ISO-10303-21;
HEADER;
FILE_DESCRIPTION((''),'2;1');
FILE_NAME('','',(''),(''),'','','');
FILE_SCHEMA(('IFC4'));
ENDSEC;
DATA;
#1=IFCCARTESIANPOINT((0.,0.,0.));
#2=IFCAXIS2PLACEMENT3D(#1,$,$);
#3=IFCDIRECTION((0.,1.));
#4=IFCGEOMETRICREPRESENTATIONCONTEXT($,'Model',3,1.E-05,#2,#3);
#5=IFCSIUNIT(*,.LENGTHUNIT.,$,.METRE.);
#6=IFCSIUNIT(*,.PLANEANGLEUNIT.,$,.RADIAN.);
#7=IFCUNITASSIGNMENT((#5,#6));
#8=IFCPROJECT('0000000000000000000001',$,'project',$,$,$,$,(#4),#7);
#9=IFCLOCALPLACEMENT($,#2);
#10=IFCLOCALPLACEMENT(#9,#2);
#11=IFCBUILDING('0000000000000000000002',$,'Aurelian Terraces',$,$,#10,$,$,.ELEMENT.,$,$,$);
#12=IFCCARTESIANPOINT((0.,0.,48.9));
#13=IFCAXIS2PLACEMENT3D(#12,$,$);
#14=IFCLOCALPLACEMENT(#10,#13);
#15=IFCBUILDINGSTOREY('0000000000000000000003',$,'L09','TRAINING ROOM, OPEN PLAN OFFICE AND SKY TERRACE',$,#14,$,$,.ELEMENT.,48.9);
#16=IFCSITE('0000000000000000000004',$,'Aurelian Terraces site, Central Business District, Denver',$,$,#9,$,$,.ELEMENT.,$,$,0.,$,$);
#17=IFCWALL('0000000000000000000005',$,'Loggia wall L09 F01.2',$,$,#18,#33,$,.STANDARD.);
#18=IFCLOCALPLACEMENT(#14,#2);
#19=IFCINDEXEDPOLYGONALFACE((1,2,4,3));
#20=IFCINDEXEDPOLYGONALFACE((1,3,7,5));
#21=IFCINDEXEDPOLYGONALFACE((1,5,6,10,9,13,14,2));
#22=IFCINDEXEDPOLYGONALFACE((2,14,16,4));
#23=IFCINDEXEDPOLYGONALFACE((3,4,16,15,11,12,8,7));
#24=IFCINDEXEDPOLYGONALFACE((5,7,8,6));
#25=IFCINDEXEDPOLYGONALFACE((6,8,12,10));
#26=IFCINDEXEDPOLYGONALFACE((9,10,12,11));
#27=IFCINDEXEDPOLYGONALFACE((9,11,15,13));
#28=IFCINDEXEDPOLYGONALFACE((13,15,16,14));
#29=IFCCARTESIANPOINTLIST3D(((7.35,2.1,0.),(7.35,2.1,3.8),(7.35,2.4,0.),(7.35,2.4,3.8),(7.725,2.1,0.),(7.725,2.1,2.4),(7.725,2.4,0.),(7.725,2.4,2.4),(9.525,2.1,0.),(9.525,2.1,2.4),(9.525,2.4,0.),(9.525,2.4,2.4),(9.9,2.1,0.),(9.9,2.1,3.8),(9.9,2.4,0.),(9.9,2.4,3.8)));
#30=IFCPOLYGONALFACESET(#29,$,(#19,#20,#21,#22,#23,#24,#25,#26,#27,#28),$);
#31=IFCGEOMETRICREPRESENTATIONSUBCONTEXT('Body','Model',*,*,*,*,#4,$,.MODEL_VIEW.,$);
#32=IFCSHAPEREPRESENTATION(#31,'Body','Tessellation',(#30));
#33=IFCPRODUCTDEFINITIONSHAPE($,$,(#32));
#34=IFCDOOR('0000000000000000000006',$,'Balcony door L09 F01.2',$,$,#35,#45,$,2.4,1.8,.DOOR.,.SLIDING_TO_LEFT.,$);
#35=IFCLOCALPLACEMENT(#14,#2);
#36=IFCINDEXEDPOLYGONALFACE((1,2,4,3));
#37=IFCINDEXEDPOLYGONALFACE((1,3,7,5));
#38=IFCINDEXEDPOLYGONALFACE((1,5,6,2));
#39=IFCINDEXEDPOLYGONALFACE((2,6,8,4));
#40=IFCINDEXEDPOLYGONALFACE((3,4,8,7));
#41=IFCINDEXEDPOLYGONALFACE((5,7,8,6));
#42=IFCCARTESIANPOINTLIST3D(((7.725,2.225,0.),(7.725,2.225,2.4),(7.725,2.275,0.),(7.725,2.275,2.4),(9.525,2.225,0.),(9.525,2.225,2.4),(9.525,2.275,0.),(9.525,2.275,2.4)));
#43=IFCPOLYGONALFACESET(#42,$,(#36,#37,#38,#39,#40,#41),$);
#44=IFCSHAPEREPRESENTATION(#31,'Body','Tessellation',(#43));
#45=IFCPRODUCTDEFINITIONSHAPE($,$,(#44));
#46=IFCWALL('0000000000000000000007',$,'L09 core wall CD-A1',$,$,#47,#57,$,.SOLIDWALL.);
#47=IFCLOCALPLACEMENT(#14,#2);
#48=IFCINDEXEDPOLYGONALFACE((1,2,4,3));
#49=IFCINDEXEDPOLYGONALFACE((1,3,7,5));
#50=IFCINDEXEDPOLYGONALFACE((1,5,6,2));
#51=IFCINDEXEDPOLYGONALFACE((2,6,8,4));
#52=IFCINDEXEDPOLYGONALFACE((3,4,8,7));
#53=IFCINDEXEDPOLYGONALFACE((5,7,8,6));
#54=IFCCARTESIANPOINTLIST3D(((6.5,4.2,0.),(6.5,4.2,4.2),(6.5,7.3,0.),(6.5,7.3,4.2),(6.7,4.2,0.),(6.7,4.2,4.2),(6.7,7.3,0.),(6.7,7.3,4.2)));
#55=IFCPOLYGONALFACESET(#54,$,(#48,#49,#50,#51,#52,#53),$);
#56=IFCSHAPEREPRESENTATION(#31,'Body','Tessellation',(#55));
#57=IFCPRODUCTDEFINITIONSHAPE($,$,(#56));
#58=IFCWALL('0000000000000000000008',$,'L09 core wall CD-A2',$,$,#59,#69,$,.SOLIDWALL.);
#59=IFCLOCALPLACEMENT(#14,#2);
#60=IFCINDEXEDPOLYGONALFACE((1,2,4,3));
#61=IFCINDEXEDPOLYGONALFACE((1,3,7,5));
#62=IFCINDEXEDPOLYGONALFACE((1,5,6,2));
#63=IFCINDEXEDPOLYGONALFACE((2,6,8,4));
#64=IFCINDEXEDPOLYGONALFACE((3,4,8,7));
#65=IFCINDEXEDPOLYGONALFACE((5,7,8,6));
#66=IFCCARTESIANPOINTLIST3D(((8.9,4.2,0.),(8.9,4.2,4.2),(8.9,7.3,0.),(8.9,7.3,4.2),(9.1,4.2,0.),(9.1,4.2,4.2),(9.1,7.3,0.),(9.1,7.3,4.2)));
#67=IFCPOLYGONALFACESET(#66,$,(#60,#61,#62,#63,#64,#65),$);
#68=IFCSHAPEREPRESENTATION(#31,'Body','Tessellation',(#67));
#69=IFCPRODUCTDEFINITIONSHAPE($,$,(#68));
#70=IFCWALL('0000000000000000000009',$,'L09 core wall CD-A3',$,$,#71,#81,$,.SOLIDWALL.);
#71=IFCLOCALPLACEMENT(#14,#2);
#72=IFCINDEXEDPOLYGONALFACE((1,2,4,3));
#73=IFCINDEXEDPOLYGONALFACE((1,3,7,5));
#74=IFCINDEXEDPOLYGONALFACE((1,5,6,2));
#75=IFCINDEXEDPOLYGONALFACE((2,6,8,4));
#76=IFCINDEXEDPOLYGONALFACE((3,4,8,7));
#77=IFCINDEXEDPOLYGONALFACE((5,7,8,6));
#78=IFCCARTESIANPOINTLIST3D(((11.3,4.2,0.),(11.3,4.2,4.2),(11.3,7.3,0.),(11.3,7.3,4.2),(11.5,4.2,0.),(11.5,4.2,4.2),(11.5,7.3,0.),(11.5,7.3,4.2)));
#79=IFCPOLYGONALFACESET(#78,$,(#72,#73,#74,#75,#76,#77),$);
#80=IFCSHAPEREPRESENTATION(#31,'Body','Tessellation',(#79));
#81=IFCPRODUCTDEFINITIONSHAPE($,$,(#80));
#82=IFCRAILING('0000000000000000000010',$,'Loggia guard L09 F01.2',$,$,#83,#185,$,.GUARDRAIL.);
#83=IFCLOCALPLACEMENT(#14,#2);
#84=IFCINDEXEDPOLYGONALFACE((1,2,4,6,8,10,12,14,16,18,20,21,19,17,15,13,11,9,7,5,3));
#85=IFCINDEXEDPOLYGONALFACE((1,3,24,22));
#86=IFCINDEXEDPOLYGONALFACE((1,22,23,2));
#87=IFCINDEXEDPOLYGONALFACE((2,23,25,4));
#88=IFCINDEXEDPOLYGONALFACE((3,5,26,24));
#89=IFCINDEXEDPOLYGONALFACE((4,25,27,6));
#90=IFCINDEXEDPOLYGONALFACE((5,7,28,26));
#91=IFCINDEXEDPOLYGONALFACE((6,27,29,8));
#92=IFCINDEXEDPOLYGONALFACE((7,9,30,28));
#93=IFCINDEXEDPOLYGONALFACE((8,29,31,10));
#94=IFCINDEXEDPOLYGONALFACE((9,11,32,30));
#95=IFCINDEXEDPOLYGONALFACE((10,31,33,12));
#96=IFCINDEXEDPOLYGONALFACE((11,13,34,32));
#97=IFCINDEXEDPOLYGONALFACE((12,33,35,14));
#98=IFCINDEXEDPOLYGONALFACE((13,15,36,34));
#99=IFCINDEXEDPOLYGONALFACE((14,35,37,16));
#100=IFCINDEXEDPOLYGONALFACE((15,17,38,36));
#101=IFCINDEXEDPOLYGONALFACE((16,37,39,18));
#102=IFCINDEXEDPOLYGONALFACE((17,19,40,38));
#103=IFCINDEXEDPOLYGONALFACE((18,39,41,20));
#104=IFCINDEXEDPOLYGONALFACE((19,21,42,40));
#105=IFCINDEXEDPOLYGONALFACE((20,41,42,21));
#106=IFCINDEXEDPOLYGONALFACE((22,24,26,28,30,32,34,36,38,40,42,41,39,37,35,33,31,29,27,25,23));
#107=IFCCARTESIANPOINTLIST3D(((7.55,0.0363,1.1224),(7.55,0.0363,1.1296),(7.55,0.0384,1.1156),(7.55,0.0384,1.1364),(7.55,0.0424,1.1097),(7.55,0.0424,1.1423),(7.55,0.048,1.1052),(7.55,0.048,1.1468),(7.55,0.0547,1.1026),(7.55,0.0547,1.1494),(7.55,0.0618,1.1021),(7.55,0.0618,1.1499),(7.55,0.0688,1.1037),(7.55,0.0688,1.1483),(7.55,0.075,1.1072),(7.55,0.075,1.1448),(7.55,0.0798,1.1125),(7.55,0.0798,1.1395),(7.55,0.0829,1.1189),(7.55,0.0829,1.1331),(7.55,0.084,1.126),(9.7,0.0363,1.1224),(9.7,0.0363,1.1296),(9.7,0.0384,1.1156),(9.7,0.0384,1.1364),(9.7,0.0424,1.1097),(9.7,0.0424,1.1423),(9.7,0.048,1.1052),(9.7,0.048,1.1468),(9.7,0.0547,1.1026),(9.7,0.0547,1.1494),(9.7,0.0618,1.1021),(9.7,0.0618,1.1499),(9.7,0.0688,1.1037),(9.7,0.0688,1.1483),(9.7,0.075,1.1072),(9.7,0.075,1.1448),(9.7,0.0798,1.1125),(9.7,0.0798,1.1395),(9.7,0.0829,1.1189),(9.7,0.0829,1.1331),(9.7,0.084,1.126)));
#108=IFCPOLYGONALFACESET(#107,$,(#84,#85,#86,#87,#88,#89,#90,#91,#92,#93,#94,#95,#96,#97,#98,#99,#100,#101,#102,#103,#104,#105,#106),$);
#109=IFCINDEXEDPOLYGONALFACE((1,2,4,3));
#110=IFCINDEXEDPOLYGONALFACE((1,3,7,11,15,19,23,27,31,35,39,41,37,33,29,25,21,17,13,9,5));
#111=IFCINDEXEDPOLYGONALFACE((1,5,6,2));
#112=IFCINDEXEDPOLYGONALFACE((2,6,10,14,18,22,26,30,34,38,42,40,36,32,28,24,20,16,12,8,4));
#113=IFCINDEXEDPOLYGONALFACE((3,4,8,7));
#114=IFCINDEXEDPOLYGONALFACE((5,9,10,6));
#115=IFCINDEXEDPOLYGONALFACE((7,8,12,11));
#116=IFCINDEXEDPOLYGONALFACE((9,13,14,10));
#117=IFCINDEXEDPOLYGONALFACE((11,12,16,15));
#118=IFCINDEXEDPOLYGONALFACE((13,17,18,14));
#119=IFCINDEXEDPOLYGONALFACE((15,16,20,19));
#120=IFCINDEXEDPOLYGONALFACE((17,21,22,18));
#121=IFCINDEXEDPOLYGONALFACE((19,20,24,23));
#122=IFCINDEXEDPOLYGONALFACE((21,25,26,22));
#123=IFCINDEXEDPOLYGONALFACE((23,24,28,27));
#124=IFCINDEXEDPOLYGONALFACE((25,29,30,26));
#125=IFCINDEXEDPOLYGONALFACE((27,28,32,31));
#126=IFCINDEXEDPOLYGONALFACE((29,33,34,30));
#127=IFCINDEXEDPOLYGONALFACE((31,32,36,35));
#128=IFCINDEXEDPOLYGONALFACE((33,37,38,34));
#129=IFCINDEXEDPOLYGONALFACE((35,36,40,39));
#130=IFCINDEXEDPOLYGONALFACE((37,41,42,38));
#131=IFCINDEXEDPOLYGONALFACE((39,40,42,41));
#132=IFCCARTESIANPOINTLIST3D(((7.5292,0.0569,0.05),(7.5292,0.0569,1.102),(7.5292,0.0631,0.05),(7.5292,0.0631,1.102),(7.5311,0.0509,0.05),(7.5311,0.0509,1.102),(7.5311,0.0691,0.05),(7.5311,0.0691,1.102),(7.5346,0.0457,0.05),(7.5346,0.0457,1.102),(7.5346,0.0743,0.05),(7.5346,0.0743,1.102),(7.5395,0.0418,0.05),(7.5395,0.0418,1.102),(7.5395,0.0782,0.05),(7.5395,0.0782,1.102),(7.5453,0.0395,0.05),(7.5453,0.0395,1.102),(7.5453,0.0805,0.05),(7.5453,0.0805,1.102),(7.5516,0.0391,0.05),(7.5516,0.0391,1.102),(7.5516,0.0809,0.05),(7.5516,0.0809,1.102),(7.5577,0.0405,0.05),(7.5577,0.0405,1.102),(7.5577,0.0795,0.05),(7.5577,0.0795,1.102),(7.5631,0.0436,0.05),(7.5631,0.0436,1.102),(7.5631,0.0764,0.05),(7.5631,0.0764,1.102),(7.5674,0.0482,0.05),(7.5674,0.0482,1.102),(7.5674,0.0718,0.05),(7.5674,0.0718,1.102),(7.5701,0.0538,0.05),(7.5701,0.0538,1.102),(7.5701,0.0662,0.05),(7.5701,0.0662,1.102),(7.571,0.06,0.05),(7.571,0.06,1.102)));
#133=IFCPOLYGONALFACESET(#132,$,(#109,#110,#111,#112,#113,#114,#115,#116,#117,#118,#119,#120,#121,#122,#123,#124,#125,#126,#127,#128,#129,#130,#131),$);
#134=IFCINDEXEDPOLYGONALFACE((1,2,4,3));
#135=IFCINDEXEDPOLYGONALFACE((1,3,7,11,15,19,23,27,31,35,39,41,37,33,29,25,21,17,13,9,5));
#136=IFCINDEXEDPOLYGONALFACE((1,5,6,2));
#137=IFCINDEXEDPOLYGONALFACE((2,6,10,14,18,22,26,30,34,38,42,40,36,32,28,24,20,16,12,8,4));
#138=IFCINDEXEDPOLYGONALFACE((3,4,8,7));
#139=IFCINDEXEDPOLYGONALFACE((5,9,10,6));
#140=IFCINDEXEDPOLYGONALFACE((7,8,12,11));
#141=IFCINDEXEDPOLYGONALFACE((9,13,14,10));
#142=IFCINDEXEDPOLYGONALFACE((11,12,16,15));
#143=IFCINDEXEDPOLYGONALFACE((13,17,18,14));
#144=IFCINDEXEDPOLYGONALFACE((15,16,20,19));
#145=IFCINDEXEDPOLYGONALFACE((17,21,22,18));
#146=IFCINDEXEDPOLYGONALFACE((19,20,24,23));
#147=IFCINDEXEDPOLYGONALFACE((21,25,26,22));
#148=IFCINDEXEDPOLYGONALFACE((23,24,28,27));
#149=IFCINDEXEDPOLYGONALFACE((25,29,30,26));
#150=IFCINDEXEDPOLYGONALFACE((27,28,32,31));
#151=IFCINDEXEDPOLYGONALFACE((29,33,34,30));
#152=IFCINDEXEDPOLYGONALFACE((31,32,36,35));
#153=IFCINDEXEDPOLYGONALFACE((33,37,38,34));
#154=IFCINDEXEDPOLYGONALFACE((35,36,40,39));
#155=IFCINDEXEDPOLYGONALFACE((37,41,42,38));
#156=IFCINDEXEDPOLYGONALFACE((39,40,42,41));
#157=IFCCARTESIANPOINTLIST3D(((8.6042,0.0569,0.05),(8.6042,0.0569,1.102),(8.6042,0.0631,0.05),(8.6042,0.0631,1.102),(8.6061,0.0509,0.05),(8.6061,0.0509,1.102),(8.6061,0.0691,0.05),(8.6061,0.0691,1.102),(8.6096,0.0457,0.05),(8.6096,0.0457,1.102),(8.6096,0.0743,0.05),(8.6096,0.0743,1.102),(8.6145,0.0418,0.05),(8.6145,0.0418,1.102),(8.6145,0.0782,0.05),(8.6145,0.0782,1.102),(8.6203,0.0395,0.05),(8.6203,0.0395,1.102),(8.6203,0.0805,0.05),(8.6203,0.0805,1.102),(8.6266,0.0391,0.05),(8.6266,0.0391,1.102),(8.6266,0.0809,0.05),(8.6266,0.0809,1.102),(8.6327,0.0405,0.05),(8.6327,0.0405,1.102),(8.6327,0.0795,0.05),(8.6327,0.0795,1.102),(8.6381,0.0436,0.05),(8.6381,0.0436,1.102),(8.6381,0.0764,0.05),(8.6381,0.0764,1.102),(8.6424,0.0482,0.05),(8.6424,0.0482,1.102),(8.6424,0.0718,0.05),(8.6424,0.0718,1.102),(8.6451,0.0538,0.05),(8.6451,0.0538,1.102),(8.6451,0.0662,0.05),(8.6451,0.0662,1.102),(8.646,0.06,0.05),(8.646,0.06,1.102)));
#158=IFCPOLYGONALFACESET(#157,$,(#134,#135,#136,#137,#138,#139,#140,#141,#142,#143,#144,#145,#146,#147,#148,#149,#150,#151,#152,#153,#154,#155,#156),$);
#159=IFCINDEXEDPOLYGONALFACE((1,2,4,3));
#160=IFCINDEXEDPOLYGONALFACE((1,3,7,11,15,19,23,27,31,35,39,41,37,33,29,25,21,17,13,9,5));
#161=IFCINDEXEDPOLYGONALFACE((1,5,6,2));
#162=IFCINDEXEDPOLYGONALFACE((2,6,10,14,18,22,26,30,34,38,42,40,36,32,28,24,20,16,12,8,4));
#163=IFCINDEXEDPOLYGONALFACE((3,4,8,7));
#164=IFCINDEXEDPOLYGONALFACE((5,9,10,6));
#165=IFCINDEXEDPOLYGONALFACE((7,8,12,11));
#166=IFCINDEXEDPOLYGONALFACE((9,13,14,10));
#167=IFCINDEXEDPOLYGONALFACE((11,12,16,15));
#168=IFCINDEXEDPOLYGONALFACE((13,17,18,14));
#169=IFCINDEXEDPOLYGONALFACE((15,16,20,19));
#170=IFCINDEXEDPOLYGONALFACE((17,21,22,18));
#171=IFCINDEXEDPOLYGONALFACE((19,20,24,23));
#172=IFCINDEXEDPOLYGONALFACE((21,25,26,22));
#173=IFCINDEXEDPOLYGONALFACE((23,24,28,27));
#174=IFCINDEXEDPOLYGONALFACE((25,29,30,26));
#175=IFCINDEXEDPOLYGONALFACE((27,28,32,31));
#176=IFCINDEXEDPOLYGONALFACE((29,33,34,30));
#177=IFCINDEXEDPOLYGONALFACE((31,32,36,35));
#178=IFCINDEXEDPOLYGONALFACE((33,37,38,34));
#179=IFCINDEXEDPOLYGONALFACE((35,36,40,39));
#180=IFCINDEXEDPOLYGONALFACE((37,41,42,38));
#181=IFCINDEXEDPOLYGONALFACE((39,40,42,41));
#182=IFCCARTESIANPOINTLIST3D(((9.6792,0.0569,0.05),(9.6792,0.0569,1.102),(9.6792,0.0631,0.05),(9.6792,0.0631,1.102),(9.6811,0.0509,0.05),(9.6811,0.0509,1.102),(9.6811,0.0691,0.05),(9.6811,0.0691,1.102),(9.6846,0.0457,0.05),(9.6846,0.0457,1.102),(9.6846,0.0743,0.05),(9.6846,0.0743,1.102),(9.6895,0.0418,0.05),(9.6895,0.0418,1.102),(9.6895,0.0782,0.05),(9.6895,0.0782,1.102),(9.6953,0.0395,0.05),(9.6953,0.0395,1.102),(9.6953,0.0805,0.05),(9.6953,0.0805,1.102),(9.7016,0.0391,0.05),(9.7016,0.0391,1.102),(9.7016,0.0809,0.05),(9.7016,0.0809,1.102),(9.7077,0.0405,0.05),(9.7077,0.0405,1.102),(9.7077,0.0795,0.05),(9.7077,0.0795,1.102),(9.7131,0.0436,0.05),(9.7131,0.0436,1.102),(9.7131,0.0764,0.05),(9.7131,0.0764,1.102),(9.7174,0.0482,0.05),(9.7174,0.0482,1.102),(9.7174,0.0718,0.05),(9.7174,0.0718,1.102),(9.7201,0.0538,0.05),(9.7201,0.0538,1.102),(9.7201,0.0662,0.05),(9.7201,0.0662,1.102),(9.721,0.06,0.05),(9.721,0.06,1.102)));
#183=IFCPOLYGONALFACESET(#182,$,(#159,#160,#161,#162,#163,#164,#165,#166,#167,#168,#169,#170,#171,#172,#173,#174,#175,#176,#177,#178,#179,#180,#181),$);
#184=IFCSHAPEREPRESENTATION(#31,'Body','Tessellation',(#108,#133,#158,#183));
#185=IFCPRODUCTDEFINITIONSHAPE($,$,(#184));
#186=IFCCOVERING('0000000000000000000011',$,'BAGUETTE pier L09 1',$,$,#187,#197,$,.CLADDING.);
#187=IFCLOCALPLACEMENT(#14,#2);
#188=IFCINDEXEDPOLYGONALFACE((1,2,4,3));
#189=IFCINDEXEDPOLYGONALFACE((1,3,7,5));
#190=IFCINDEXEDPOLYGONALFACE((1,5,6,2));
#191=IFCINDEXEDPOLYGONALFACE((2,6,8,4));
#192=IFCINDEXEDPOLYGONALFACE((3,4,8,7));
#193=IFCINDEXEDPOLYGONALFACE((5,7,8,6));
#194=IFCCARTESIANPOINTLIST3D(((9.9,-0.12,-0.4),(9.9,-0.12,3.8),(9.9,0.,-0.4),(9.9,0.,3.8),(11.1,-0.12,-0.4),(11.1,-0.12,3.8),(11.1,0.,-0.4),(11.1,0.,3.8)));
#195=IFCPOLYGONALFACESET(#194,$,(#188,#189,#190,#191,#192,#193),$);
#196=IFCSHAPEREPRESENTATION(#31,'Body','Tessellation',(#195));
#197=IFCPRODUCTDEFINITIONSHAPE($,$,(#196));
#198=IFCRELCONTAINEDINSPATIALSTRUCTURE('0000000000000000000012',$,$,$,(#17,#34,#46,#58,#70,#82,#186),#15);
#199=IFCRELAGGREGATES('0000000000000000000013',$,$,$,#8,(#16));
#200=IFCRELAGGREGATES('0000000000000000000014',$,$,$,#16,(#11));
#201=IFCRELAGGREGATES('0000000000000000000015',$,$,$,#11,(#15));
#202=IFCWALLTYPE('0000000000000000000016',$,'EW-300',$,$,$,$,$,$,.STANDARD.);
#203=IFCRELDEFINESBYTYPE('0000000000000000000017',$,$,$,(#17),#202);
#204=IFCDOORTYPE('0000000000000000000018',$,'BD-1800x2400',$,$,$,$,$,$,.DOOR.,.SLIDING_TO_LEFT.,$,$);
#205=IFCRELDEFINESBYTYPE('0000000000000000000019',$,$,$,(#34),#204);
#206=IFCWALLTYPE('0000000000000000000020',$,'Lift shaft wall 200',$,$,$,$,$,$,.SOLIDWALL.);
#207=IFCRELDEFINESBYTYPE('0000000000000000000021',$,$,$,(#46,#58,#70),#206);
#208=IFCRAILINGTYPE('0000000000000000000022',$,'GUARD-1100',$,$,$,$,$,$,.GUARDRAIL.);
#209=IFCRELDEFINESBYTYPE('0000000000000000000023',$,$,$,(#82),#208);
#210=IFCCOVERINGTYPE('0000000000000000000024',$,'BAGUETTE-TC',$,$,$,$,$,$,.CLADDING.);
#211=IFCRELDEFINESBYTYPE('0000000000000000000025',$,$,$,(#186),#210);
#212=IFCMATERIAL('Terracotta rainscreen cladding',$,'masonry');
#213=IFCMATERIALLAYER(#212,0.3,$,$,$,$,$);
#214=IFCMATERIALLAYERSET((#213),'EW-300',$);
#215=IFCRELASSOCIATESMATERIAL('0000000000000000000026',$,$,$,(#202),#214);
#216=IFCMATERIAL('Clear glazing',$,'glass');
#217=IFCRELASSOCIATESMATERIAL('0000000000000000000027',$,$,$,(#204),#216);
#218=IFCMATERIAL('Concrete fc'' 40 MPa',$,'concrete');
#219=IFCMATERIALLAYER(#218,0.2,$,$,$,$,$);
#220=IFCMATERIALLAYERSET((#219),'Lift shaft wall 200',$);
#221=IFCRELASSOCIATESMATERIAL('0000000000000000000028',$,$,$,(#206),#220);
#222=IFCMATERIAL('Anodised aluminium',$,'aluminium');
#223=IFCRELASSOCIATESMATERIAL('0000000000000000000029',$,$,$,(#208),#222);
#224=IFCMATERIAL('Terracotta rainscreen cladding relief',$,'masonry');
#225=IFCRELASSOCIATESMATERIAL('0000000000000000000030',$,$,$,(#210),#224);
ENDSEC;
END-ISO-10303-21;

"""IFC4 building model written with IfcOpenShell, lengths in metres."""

from ifc_helpers import new_model, si_unit, direction, frame, frame_2d, origin, origin_2d, place, context, subcontext, project, spatial, rectangle, circle, extrude, source, transform, mapped, material, layer, layer_set, type_object, element, fill, save


model = new_model("IFC4")

# Units and contexts
model_context = context("Model", 3, precision=1e-05, world=origin(), true_north=direction((0.0, 1.0)))
body_context = subcontext(model_context, "Body", "Model", "MODEL_VIEW")
ifc_project = project(units=[si_unit("LENGTHUNIT", "METRE"), si_unit("PLANEANGLEUNIT", "RADIAN")], contexts=[model_context])

# Site, building, storey
site_placement = place(None, origin())
site = spatial("IfcSite", under=ifc_project, at=site_placement, Name="Aurelian Terraces site, Central Business District, Denver", CompositionType="ELEMENT", RefElevation=0.0)
building_placement = place(site_placement, origin())
building = spatial("IfcBuilding", under=site, at=building_placement, Name="Aurelian Terraces", CompositionType="ELEMENT")
storey_placement = place(building_placement, frame((0.0, 0.0, 48.9)))
storey = spatial("IfcBuildingStorey", under=building, at=storey_placement, Name="L09", Description="TRAINING ROOM, OPEN PLAN OFFICE AND SKY TERRACE", CompositionType="ELEMENT", Elevation=48.9)

# Shared definitions
ifc_material_1 = material(Name="Concrete fc' 40 MPa", Category="concrete")

# Shared definitions
ifc_material_2 = material(Name="Terracotta rainscreen cladding", Category="masonry")
ifc_layer_1 = layer(ifc_material_2, 0.3)
ifc_layer_set_1 = layer_set([ifc_layer_1], Name="EW-300")
wall_type_1 = type_object("IfcWallType", Name="EW-300", PredefinedType="STANDARD", material=ifc_layer_set_1)
ifc_material_3 = material(Name="Clear glazing", Category="glass")

# Wall, opening, door
shared_shape_1 = source(origin(), body_context, "Body", "SweptSolid", [
    extrude(rectangle(XDim=2.55, YDim=0.3, at=frame_2d((1.275, 0.0))), origin(), (0.0, 0.0, 1.0), 3.8),
])
wall_1_placement = place(storey_placement, frame((7.35, 2.25, 0.0), z_axis=(0.0, 0.0, 1.0), x_axis=(1.0, 0.0, 0.0)))
wall_1 = element("IfcWall", 1, at=wall_1_placement, inside=storey, type_object=wall_type_1, Name="Loggia wall L09 F01.2", PredefinedType="STANDARD", context=body_context, shape_type="MappedRepresentation", body=[
    mapped(shared_shape_1, transform((0.0, 0.0, 0.0), scale=1.0)),
])
shared_shape_2 = source(origin(), body_context, "Body", "SweptSolid", [
    extrude(rectangle(XDim=1.8, YDim=2.4, at=frame_2d((0.9, 1.2))), frame((0.0, 0.16, 0.0), z_axis=(0.0, -1.0, 0.0), x_axis=(1.0, 0.0, 0.0)), (0.0, 0.0, 1.0), 0.32),
])
opening_1_placement = place(wall_1_placement, frame((0.375, 0.0, 0.0)))
opening_1 = element("IfcOpeningElement", 2, at=opening_1_placement, cuts=wall_1, PredefinedType="OPENING", context=body_context, shape_type="MappedRepresentation", body=[
    mapped(shared_shape_2, transform((0.0, 0.0, 0.0), scale=1.0)),
])
door_type_1 = type_object("IfcDoorType", Name="BD-1800x2400", OperationType="SLIDING_TO_LEFT", PredefinedType="DOOR", material=ifc_material_3)
shared_shape_3 = source(origin(), body_context, "Body", "SweptSolid", [
    extrude(rectangle(XDim=1.8, YDim=2.4, at=frame_2d((0.9, 1.2))), frame((0.0, 0.025, 0.0), z_axis=(0.0, -1.0, 0.0), x_axis=(1.0, 0.0, 0.0)), (0.0, 0.0, 1.0), 0.05),
])
door_1_placement = place(opening_1_placement, origin())
door_1 = element("IfcDoor", 3, at=door_1_placement, inside=storey, type_object=door_type_1, Name="Balcony door L09 F01.2", OperationType="SLIDING_TO_LEFT", OverallHeight=2.4, OverallWidth=1.8, PredefinedType="DOOR", context=body_context, shape_type="MappedRepresentation", body=[
    mapped(shared_shape_3, transform((0.0, 0.0, 0.0), scale=1.0)),
])
fill(opening_1, door_1)

# Walls
ifc_layer_2 = layer(ifc_material_1, 0.2)
ifc_layer_set_2 = layer_set([ifc_layer_2], Name="Lift shaft wall 200")
wall_type_2 = type_object("IfcWallType", Name="Lift shaft wall 200", PredefinedType="SOLIDWALL", material=ifc_layer_set_2)
shared_shape_4 = source(origin(), body_context, "Body", "SweptSolid", [
    extrude(rectangle(XDim=3.1, YDim=0.2, at=frame_2d((1.55, 0.0))), origin(), (0.0, 0.0, 1.0), 4.2),
])
for number, where, z_axis, x_axis, name in (
    (4, (6.6, 4.2, 0.0), (0.0, 0.0, 1.0), (0.0, 1.0, 0.0), "L09 core wall CD-A1"),
    (5, (9.0, 4.2, 0.0), (0.0, 0.0, 1.0), (0.0, 1.0, 0.0), "L09 core wall CD-A2"),
    (6, (11.4, 4.2, 0.0), (0.0, 0.0, 1.0), (0.0, 1.0, 0.0), "L09 core wall CD-A3"),
):
    element("IfcWall", number, at=place(storey_placement, frame(where, z_axis=z_axis, x_axis=x_axis)), inside=storey, type_object=wall_type_2, Name=name, PredefinedType="SOLIDWALL", context=body_context, shape_type="MappedRepresentation", body=[
        mapped(shared_shape_4, transform((0.0, 0.0, 0.0), scale=1.0)),
    ])

# Railing
ifc_material_4 = material(Name="Anodised aluminium", Category="aluminium")
railing_type = type_object("IfcRailingType", Name="GUARD-1100", PredefinedType="GUARDRAIL", material=ifc_material_4)
railing_placement = place(storey_placement, frame((7.55, 0.06, 0.05)))
element("IfcRailing", 7, at=railing_placement, inside=storey, type_object=railing_type, Name="Loggia guard L09 F01.2", PredefinedType="GUARDRAIL", context=body_context, shape_type="SweptSolid", body=[
    extrude(circle(Radius=0.024, at=origin_2d()), frame((0.0, 0.0, 1.076), z_axis=(1.0, 0.0, 0.0), x_axis=(0.0, 1.0, 0.0)), (0.0, 0.0, 1.0), 2.15),
    extrude(circle(Radius=0.021, at=origin_2d()), origin(), (0.0, 0.0, 1.0), 1.052),
    extrude(circle(Radius=0.021, at=origin_2d()), frame((1.075, 0.0, 0.0)), (0.0, 0.0, 1.0), 1.052),
    extrude(circle(Radius=0.021, at=origin_2d()), frame((2.15, 0.0, 0.0)), (0.0, 0.0, 1.0), 1.052),
])

# Covering
ifc_material_5 = material(Name="Terracotta rainscreen cladding relief", Category="masonry")
covering_type = type_object("IfcCoveringType", Name="BAGUETTE-TC", PredefinedType="CLADDING", material=ifc_material_5)
shared_shape_5 = source(origin(), body_context, "Body", "SweptSolid", [
    extrude(rectangle(XDim=1.2, YDim=0.12, at=origin_2d()), origin(), (0.0, 0.0, 1.0), 4.2),
])
covering_placement = place(storey_placement, frame((10.5, -0.06, -0.4), z_axis=(0.0, 0.0, 1.0), x_axis=(1.0, 0.0, 0.0)))
element("IfcCovering", 8, at=covering_placement, inside=storey, type_object=covering_type, Name="BAGUETTE pier L09 1", PredefinedType="CLADDING", context=body_context, shape_type="MappedRepresentation", body=[
    mapped(shared_shape_5, transform((0.0, 0.0, 0.0), scale=1.0)),
])

save(model, "model.ifc")
